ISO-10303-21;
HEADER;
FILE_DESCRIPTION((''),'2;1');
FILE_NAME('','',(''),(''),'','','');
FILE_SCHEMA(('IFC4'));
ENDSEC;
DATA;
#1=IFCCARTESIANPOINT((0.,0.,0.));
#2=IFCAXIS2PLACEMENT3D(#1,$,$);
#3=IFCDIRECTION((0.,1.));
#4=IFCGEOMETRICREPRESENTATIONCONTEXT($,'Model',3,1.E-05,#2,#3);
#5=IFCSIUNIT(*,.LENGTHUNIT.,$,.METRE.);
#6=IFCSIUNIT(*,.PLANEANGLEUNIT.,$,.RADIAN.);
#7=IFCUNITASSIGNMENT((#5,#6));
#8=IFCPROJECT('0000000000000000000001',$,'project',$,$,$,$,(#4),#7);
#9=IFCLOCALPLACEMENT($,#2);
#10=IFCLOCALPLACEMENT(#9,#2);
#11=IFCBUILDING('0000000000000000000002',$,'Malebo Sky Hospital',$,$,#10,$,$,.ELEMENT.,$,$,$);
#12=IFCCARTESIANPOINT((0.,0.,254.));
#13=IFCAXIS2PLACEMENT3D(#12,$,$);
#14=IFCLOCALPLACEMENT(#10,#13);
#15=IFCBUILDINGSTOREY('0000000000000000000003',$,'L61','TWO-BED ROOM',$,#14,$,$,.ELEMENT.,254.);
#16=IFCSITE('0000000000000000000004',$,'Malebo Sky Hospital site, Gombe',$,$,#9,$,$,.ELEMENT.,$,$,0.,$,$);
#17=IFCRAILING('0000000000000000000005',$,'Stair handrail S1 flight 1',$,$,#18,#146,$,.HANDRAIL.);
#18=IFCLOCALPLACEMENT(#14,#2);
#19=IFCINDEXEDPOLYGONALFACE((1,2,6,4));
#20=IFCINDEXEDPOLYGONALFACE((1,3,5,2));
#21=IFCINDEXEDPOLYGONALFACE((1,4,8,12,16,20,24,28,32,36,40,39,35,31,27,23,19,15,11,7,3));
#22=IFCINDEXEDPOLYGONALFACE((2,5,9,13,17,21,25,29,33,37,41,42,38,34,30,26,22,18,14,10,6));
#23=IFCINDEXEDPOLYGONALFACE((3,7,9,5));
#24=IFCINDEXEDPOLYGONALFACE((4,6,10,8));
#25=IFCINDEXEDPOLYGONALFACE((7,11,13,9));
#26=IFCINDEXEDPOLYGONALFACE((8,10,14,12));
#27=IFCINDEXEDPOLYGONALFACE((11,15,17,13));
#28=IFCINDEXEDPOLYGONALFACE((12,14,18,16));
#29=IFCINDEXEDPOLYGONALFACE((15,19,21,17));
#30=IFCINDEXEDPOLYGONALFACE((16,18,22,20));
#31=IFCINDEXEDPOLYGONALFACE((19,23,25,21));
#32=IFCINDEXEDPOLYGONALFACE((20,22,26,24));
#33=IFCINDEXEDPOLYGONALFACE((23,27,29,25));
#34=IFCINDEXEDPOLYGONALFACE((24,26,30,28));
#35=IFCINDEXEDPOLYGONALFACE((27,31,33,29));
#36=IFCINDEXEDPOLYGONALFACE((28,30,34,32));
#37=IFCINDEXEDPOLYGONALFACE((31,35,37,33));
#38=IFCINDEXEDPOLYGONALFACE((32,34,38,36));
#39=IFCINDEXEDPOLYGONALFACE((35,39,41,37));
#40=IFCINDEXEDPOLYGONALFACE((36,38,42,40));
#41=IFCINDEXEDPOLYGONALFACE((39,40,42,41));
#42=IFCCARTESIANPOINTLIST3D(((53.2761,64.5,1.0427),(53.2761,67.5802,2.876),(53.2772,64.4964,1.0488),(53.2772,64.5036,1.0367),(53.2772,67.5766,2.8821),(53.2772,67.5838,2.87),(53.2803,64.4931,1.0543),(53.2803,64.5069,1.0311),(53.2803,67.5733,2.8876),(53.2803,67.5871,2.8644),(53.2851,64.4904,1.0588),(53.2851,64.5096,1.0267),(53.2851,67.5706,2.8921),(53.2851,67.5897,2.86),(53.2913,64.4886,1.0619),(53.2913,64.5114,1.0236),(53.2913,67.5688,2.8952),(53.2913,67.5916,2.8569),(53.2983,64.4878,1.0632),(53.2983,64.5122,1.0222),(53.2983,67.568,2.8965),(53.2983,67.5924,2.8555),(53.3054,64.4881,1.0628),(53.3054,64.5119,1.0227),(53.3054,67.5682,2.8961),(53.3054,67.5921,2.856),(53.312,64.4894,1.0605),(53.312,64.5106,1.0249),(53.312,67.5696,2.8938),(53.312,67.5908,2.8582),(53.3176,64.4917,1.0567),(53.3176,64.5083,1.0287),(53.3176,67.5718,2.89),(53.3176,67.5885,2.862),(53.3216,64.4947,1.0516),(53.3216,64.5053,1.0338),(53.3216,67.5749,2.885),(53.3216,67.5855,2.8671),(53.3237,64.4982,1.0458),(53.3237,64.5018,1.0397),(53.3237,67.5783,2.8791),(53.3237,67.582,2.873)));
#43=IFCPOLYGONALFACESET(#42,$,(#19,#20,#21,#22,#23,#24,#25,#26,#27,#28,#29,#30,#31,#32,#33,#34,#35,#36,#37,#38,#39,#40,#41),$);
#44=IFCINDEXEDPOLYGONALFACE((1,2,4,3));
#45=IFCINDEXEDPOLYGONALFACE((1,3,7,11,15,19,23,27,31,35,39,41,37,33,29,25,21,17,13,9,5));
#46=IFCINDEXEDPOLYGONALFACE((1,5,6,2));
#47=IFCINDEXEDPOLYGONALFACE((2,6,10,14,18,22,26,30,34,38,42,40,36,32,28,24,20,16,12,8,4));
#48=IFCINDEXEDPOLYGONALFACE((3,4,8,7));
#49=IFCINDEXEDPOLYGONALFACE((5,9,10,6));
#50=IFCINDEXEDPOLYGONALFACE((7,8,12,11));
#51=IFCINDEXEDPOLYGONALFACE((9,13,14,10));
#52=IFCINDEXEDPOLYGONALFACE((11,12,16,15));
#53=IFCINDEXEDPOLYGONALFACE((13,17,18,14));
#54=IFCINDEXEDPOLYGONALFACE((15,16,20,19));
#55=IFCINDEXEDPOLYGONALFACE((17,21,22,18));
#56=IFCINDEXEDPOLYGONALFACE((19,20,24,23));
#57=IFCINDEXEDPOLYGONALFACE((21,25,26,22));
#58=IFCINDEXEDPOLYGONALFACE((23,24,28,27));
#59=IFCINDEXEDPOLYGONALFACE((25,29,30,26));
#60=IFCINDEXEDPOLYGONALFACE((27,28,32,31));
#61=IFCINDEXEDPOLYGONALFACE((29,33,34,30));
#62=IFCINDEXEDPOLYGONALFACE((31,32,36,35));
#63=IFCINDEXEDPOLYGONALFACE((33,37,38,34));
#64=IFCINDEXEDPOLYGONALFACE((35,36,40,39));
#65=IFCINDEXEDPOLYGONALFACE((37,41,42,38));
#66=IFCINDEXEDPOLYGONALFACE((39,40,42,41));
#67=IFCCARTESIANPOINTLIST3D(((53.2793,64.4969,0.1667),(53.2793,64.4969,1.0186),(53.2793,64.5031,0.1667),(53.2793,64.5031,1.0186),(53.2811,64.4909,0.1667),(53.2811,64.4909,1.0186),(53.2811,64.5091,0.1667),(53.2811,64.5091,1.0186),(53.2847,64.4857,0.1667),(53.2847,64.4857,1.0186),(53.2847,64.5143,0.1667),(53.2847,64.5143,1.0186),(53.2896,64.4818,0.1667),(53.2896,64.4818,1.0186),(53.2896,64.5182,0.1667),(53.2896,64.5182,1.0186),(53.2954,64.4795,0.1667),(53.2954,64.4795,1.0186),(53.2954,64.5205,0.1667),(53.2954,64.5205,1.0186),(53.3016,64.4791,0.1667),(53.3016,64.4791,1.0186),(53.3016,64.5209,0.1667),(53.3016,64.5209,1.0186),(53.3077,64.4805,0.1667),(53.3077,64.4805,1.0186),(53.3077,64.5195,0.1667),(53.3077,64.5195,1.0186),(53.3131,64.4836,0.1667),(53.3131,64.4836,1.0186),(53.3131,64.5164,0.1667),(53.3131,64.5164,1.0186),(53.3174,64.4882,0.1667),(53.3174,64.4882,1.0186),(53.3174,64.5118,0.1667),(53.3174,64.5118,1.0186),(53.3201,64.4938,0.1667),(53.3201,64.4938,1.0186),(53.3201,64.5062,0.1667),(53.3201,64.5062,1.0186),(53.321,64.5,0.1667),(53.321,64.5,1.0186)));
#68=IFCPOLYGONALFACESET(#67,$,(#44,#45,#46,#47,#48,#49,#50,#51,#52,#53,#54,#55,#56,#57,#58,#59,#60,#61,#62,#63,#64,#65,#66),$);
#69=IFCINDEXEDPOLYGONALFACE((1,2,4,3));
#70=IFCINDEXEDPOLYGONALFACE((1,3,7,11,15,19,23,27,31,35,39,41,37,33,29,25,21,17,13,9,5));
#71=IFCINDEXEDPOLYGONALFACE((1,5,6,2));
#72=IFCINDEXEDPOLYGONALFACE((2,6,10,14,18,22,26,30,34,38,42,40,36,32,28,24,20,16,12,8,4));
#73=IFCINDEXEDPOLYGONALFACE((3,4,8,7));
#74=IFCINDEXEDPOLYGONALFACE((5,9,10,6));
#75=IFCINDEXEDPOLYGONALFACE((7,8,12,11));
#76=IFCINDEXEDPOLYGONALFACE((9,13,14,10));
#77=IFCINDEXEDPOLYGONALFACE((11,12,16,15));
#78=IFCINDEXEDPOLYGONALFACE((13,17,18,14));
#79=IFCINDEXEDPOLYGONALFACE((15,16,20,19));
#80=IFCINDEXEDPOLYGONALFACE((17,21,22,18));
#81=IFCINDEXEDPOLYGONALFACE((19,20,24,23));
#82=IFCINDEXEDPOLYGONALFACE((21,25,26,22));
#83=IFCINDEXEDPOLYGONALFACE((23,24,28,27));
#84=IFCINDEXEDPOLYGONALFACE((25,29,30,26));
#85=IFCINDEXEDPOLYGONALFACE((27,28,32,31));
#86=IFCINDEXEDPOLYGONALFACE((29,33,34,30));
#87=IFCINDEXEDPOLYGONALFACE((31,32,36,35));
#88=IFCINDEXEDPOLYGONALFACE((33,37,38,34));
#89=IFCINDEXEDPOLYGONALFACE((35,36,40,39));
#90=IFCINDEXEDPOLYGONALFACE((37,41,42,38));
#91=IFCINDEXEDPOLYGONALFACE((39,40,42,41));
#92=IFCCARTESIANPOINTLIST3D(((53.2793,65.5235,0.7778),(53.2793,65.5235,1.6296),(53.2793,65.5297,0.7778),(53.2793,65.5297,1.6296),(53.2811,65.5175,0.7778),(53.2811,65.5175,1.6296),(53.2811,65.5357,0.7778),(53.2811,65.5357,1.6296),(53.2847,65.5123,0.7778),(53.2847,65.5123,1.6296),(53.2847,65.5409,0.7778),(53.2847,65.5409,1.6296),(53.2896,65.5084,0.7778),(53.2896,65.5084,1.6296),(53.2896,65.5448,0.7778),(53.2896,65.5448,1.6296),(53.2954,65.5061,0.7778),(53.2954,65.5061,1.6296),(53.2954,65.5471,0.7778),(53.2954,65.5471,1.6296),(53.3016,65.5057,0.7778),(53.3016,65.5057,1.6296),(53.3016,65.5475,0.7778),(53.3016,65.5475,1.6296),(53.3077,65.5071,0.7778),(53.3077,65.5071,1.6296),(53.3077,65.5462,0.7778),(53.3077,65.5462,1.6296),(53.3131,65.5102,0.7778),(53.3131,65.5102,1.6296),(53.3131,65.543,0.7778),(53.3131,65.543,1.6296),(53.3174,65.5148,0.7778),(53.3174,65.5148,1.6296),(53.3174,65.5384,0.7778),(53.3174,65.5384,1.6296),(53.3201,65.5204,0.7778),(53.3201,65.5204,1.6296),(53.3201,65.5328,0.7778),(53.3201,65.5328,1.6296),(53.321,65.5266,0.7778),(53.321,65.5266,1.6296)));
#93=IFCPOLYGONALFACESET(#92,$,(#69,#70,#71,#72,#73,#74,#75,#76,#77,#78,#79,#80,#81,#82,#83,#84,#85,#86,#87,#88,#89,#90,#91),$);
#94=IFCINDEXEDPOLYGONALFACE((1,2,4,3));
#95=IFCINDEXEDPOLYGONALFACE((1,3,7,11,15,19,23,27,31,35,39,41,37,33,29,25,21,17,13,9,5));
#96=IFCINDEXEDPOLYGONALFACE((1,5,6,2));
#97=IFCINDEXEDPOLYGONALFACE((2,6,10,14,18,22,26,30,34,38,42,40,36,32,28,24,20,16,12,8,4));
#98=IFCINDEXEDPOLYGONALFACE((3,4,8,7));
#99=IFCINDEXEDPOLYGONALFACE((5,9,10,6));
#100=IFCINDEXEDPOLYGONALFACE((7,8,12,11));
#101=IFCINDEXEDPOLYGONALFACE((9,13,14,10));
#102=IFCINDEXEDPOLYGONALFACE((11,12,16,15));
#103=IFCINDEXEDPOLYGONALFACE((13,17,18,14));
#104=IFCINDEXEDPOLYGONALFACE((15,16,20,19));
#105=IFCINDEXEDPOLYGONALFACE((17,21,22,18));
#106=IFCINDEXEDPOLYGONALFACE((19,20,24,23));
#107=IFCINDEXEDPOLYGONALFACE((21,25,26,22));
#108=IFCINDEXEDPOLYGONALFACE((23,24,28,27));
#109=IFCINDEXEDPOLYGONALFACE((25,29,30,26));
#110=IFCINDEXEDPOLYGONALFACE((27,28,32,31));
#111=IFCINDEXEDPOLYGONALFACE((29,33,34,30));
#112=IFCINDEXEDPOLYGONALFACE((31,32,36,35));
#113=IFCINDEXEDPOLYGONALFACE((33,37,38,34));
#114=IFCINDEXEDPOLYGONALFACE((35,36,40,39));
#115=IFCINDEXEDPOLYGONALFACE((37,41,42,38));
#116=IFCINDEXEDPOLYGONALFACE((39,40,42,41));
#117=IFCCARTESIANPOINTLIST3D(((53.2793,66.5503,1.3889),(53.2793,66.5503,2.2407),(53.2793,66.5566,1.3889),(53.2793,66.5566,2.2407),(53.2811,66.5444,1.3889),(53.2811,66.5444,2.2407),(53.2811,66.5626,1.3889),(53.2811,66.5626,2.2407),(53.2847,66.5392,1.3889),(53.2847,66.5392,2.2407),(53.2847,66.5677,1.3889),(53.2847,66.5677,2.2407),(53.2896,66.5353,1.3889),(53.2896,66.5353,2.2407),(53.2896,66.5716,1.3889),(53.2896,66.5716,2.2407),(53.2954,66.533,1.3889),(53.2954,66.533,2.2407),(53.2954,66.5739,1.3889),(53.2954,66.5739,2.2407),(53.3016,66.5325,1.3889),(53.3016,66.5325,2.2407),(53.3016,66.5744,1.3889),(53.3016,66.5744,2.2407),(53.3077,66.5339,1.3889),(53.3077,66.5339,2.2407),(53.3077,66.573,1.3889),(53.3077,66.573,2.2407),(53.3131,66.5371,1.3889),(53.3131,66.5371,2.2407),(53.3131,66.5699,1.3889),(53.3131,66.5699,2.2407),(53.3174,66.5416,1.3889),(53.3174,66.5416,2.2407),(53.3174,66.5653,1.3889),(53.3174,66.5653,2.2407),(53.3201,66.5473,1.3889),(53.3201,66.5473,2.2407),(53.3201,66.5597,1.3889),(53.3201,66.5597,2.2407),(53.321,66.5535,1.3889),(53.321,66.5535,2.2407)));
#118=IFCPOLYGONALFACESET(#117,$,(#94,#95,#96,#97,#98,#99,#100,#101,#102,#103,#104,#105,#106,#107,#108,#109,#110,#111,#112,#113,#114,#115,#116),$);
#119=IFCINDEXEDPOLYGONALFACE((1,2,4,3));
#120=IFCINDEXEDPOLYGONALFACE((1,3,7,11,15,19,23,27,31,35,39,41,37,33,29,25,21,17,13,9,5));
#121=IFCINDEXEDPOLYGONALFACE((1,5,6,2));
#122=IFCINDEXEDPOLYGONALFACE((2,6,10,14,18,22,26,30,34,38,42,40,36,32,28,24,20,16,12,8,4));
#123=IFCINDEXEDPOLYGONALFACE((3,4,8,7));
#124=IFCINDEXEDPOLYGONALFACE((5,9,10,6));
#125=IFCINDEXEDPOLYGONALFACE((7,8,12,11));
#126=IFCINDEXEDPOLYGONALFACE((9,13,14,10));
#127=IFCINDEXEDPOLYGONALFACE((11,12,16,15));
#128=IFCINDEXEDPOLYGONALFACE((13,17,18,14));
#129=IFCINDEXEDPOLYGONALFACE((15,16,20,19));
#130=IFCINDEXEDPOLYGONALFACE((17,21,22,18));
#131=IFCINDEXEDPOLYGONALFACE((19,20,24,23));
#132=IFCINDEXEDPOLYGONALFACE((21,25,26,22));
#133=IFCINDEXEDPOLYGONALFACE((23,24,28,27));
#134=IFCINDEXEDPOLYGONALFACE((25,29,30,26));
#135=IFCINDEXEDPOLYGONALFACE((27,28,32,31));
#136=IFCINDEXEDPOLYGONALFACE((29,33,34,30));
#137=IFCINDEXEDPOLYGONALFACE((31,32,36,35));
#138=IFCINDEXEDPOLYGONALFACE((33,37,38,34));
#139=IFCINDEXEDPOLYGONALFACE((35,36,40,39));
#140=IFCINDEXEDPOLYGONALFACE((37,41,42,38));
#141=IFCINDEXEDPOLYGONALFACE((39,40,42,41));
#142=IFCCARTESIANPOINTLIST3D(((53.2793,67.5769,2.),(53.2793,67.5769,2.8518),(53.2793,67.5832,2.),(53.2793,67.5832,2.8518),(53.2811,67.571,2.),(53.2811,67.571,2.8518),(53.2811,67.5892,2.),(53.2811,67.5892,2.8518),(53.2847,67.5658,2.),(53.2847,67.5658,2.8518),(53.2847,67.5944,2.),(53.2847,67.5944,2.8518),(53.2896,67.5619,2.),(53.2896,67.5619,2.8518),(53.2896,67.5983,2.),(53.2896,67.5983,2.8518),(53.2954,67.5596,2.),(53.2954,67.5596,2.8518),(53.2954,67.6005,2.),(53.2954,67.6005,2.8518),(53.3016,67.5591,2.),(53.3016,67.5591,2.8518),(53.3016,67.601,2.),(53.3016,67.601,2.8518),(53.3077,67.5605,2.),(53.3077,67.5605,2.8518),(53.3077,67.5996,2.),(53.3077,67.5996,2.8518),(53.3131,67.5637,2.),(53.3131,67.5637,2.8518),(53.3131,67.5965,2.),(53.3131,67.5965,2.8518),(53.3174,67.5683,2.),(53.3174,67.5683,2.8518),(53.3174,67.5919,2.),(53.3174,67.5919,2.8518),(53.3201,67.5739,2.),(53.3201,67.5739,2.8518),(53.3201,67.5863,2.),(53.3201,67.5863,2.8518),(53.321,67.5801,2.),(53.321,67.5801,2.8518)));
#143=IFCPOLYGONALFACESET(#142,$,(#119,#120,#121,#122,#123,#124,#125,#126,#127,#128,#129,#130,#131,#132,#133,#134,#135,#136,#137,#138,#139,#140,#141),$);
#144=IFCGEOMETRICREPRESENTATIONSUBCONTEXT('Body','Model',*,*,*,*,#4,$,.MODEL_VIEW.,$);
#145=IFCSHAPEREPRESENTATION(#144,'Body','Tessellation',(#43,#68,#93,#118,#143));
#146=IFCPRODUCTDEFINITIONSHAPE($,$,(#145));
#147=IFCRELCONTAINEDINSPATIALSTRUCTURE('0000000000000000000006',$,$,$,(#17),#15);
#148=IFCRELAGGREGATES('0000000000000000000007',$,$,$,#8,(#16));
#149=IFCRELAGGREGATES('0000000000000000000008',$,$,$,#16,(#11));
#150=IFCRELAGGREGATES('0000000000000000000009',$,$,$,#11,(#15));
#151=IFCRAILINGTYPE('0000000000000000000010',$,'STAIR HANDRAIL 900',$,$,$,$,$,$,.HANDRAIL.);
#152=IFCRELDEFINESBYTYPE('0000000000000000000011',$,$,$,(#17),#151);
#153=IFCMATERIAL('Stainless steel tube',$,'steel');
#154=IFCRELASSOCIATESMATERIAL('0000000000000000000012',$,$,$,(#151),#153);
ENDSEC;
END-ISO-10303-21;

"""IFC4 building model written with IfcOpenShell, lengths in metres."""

from ifc_helpers import new_model, si_unit, direction, frame, origin, origin_2d, place, context, subcontext, project, spatial, circle, extrude, material, type_object, element, save


model = new_model("IFC4")

# Units and contexts
model_context = context("Model", 3, precision=1e-05, world=origin(), true_north=direction((0.0, 1.0)))
body_context = subcontext(model_context, "Body", "Model", "MODEL_VIEW")
ifc_project = project(units=[si_unit("LENGTHUNIT", "METRE"), si_unit("PLANEANGLEUNIT", "RADIAN")], contexts=[model_context])

# Site, building, storey
site_placement = place(None, origin())
site = spatial("IfcSite", under=ifc_project, at=site_placement, Name="Malebo Sky Hospital site, Gombe", CompositionType="ELEMENT", RefElevation=0.0)
building_placement = place(site_placement, origin())
building = spatial("IfcBuilding", under=site, at=building_placement, Name="Malebo Sky Hospital", CompositionType="ELEMENT")
storey_placement = place(building_placement, frame((0.0, 0.0, 254.0)))
storey = spatial("IfcBuildingStorey", under=building, at=storey_placement, Name="L61", Description="TWO-BED ROOM", CompositionType="ELEMENT", Elevation=254.0)

# Railing
ifc_material_1 = material(Name="Stainless steel tube", Category="steel")
railing_type = type_object("IfcRailingType", Name="STAIR HANDRAIL 900", PredefinedType="HANDRAIL", material=ifc_material_1)
railing_placement = place(storey_placement, frame((53.3, 64.5, 0.1667)))
element("IfcRailing", 1, at=railing_placement, inside=storey, type_object=railing_type, Name="Stair handrail S1 flight 1", PredefinedType="HANDRAIL", context=body_context, shape_type="SweptSolid", body=[
    extrude(circle(Radius=0.0239, at=origin_2d()), frame((0.0, 0.0, 0.876), z_axis=(0.0, 0.859309, 0.511458), x_axis=(-1.0, 0.0, 0.0)), (0.0, 0.0, 1.0), 3.5845),
    extrude(circle(Radius=0.021, at=origin_2d()), origin(), (0.0, 0.0, 1.0), 0.8518),
    extrude(circle(Radius=0.021, at=origin_2d()), frame((0.0, 1.0266, 0.6111)), (0.0, 0.0, 1.0), 0.8518),
    extrude(circle(Radius=0.021, at=origin_2d()), frame((0.0, 2.0535, 1.2222)), (0.0, 0.0, 1.0), 0.8518),
    extrude(circle(Radius=0.021, at=origin_2d()), frame((0.0, 3.0801, 1.8333)), (0.0, 0.0, 1.0), 0.8518),
])

save(model, "model.ifc")
